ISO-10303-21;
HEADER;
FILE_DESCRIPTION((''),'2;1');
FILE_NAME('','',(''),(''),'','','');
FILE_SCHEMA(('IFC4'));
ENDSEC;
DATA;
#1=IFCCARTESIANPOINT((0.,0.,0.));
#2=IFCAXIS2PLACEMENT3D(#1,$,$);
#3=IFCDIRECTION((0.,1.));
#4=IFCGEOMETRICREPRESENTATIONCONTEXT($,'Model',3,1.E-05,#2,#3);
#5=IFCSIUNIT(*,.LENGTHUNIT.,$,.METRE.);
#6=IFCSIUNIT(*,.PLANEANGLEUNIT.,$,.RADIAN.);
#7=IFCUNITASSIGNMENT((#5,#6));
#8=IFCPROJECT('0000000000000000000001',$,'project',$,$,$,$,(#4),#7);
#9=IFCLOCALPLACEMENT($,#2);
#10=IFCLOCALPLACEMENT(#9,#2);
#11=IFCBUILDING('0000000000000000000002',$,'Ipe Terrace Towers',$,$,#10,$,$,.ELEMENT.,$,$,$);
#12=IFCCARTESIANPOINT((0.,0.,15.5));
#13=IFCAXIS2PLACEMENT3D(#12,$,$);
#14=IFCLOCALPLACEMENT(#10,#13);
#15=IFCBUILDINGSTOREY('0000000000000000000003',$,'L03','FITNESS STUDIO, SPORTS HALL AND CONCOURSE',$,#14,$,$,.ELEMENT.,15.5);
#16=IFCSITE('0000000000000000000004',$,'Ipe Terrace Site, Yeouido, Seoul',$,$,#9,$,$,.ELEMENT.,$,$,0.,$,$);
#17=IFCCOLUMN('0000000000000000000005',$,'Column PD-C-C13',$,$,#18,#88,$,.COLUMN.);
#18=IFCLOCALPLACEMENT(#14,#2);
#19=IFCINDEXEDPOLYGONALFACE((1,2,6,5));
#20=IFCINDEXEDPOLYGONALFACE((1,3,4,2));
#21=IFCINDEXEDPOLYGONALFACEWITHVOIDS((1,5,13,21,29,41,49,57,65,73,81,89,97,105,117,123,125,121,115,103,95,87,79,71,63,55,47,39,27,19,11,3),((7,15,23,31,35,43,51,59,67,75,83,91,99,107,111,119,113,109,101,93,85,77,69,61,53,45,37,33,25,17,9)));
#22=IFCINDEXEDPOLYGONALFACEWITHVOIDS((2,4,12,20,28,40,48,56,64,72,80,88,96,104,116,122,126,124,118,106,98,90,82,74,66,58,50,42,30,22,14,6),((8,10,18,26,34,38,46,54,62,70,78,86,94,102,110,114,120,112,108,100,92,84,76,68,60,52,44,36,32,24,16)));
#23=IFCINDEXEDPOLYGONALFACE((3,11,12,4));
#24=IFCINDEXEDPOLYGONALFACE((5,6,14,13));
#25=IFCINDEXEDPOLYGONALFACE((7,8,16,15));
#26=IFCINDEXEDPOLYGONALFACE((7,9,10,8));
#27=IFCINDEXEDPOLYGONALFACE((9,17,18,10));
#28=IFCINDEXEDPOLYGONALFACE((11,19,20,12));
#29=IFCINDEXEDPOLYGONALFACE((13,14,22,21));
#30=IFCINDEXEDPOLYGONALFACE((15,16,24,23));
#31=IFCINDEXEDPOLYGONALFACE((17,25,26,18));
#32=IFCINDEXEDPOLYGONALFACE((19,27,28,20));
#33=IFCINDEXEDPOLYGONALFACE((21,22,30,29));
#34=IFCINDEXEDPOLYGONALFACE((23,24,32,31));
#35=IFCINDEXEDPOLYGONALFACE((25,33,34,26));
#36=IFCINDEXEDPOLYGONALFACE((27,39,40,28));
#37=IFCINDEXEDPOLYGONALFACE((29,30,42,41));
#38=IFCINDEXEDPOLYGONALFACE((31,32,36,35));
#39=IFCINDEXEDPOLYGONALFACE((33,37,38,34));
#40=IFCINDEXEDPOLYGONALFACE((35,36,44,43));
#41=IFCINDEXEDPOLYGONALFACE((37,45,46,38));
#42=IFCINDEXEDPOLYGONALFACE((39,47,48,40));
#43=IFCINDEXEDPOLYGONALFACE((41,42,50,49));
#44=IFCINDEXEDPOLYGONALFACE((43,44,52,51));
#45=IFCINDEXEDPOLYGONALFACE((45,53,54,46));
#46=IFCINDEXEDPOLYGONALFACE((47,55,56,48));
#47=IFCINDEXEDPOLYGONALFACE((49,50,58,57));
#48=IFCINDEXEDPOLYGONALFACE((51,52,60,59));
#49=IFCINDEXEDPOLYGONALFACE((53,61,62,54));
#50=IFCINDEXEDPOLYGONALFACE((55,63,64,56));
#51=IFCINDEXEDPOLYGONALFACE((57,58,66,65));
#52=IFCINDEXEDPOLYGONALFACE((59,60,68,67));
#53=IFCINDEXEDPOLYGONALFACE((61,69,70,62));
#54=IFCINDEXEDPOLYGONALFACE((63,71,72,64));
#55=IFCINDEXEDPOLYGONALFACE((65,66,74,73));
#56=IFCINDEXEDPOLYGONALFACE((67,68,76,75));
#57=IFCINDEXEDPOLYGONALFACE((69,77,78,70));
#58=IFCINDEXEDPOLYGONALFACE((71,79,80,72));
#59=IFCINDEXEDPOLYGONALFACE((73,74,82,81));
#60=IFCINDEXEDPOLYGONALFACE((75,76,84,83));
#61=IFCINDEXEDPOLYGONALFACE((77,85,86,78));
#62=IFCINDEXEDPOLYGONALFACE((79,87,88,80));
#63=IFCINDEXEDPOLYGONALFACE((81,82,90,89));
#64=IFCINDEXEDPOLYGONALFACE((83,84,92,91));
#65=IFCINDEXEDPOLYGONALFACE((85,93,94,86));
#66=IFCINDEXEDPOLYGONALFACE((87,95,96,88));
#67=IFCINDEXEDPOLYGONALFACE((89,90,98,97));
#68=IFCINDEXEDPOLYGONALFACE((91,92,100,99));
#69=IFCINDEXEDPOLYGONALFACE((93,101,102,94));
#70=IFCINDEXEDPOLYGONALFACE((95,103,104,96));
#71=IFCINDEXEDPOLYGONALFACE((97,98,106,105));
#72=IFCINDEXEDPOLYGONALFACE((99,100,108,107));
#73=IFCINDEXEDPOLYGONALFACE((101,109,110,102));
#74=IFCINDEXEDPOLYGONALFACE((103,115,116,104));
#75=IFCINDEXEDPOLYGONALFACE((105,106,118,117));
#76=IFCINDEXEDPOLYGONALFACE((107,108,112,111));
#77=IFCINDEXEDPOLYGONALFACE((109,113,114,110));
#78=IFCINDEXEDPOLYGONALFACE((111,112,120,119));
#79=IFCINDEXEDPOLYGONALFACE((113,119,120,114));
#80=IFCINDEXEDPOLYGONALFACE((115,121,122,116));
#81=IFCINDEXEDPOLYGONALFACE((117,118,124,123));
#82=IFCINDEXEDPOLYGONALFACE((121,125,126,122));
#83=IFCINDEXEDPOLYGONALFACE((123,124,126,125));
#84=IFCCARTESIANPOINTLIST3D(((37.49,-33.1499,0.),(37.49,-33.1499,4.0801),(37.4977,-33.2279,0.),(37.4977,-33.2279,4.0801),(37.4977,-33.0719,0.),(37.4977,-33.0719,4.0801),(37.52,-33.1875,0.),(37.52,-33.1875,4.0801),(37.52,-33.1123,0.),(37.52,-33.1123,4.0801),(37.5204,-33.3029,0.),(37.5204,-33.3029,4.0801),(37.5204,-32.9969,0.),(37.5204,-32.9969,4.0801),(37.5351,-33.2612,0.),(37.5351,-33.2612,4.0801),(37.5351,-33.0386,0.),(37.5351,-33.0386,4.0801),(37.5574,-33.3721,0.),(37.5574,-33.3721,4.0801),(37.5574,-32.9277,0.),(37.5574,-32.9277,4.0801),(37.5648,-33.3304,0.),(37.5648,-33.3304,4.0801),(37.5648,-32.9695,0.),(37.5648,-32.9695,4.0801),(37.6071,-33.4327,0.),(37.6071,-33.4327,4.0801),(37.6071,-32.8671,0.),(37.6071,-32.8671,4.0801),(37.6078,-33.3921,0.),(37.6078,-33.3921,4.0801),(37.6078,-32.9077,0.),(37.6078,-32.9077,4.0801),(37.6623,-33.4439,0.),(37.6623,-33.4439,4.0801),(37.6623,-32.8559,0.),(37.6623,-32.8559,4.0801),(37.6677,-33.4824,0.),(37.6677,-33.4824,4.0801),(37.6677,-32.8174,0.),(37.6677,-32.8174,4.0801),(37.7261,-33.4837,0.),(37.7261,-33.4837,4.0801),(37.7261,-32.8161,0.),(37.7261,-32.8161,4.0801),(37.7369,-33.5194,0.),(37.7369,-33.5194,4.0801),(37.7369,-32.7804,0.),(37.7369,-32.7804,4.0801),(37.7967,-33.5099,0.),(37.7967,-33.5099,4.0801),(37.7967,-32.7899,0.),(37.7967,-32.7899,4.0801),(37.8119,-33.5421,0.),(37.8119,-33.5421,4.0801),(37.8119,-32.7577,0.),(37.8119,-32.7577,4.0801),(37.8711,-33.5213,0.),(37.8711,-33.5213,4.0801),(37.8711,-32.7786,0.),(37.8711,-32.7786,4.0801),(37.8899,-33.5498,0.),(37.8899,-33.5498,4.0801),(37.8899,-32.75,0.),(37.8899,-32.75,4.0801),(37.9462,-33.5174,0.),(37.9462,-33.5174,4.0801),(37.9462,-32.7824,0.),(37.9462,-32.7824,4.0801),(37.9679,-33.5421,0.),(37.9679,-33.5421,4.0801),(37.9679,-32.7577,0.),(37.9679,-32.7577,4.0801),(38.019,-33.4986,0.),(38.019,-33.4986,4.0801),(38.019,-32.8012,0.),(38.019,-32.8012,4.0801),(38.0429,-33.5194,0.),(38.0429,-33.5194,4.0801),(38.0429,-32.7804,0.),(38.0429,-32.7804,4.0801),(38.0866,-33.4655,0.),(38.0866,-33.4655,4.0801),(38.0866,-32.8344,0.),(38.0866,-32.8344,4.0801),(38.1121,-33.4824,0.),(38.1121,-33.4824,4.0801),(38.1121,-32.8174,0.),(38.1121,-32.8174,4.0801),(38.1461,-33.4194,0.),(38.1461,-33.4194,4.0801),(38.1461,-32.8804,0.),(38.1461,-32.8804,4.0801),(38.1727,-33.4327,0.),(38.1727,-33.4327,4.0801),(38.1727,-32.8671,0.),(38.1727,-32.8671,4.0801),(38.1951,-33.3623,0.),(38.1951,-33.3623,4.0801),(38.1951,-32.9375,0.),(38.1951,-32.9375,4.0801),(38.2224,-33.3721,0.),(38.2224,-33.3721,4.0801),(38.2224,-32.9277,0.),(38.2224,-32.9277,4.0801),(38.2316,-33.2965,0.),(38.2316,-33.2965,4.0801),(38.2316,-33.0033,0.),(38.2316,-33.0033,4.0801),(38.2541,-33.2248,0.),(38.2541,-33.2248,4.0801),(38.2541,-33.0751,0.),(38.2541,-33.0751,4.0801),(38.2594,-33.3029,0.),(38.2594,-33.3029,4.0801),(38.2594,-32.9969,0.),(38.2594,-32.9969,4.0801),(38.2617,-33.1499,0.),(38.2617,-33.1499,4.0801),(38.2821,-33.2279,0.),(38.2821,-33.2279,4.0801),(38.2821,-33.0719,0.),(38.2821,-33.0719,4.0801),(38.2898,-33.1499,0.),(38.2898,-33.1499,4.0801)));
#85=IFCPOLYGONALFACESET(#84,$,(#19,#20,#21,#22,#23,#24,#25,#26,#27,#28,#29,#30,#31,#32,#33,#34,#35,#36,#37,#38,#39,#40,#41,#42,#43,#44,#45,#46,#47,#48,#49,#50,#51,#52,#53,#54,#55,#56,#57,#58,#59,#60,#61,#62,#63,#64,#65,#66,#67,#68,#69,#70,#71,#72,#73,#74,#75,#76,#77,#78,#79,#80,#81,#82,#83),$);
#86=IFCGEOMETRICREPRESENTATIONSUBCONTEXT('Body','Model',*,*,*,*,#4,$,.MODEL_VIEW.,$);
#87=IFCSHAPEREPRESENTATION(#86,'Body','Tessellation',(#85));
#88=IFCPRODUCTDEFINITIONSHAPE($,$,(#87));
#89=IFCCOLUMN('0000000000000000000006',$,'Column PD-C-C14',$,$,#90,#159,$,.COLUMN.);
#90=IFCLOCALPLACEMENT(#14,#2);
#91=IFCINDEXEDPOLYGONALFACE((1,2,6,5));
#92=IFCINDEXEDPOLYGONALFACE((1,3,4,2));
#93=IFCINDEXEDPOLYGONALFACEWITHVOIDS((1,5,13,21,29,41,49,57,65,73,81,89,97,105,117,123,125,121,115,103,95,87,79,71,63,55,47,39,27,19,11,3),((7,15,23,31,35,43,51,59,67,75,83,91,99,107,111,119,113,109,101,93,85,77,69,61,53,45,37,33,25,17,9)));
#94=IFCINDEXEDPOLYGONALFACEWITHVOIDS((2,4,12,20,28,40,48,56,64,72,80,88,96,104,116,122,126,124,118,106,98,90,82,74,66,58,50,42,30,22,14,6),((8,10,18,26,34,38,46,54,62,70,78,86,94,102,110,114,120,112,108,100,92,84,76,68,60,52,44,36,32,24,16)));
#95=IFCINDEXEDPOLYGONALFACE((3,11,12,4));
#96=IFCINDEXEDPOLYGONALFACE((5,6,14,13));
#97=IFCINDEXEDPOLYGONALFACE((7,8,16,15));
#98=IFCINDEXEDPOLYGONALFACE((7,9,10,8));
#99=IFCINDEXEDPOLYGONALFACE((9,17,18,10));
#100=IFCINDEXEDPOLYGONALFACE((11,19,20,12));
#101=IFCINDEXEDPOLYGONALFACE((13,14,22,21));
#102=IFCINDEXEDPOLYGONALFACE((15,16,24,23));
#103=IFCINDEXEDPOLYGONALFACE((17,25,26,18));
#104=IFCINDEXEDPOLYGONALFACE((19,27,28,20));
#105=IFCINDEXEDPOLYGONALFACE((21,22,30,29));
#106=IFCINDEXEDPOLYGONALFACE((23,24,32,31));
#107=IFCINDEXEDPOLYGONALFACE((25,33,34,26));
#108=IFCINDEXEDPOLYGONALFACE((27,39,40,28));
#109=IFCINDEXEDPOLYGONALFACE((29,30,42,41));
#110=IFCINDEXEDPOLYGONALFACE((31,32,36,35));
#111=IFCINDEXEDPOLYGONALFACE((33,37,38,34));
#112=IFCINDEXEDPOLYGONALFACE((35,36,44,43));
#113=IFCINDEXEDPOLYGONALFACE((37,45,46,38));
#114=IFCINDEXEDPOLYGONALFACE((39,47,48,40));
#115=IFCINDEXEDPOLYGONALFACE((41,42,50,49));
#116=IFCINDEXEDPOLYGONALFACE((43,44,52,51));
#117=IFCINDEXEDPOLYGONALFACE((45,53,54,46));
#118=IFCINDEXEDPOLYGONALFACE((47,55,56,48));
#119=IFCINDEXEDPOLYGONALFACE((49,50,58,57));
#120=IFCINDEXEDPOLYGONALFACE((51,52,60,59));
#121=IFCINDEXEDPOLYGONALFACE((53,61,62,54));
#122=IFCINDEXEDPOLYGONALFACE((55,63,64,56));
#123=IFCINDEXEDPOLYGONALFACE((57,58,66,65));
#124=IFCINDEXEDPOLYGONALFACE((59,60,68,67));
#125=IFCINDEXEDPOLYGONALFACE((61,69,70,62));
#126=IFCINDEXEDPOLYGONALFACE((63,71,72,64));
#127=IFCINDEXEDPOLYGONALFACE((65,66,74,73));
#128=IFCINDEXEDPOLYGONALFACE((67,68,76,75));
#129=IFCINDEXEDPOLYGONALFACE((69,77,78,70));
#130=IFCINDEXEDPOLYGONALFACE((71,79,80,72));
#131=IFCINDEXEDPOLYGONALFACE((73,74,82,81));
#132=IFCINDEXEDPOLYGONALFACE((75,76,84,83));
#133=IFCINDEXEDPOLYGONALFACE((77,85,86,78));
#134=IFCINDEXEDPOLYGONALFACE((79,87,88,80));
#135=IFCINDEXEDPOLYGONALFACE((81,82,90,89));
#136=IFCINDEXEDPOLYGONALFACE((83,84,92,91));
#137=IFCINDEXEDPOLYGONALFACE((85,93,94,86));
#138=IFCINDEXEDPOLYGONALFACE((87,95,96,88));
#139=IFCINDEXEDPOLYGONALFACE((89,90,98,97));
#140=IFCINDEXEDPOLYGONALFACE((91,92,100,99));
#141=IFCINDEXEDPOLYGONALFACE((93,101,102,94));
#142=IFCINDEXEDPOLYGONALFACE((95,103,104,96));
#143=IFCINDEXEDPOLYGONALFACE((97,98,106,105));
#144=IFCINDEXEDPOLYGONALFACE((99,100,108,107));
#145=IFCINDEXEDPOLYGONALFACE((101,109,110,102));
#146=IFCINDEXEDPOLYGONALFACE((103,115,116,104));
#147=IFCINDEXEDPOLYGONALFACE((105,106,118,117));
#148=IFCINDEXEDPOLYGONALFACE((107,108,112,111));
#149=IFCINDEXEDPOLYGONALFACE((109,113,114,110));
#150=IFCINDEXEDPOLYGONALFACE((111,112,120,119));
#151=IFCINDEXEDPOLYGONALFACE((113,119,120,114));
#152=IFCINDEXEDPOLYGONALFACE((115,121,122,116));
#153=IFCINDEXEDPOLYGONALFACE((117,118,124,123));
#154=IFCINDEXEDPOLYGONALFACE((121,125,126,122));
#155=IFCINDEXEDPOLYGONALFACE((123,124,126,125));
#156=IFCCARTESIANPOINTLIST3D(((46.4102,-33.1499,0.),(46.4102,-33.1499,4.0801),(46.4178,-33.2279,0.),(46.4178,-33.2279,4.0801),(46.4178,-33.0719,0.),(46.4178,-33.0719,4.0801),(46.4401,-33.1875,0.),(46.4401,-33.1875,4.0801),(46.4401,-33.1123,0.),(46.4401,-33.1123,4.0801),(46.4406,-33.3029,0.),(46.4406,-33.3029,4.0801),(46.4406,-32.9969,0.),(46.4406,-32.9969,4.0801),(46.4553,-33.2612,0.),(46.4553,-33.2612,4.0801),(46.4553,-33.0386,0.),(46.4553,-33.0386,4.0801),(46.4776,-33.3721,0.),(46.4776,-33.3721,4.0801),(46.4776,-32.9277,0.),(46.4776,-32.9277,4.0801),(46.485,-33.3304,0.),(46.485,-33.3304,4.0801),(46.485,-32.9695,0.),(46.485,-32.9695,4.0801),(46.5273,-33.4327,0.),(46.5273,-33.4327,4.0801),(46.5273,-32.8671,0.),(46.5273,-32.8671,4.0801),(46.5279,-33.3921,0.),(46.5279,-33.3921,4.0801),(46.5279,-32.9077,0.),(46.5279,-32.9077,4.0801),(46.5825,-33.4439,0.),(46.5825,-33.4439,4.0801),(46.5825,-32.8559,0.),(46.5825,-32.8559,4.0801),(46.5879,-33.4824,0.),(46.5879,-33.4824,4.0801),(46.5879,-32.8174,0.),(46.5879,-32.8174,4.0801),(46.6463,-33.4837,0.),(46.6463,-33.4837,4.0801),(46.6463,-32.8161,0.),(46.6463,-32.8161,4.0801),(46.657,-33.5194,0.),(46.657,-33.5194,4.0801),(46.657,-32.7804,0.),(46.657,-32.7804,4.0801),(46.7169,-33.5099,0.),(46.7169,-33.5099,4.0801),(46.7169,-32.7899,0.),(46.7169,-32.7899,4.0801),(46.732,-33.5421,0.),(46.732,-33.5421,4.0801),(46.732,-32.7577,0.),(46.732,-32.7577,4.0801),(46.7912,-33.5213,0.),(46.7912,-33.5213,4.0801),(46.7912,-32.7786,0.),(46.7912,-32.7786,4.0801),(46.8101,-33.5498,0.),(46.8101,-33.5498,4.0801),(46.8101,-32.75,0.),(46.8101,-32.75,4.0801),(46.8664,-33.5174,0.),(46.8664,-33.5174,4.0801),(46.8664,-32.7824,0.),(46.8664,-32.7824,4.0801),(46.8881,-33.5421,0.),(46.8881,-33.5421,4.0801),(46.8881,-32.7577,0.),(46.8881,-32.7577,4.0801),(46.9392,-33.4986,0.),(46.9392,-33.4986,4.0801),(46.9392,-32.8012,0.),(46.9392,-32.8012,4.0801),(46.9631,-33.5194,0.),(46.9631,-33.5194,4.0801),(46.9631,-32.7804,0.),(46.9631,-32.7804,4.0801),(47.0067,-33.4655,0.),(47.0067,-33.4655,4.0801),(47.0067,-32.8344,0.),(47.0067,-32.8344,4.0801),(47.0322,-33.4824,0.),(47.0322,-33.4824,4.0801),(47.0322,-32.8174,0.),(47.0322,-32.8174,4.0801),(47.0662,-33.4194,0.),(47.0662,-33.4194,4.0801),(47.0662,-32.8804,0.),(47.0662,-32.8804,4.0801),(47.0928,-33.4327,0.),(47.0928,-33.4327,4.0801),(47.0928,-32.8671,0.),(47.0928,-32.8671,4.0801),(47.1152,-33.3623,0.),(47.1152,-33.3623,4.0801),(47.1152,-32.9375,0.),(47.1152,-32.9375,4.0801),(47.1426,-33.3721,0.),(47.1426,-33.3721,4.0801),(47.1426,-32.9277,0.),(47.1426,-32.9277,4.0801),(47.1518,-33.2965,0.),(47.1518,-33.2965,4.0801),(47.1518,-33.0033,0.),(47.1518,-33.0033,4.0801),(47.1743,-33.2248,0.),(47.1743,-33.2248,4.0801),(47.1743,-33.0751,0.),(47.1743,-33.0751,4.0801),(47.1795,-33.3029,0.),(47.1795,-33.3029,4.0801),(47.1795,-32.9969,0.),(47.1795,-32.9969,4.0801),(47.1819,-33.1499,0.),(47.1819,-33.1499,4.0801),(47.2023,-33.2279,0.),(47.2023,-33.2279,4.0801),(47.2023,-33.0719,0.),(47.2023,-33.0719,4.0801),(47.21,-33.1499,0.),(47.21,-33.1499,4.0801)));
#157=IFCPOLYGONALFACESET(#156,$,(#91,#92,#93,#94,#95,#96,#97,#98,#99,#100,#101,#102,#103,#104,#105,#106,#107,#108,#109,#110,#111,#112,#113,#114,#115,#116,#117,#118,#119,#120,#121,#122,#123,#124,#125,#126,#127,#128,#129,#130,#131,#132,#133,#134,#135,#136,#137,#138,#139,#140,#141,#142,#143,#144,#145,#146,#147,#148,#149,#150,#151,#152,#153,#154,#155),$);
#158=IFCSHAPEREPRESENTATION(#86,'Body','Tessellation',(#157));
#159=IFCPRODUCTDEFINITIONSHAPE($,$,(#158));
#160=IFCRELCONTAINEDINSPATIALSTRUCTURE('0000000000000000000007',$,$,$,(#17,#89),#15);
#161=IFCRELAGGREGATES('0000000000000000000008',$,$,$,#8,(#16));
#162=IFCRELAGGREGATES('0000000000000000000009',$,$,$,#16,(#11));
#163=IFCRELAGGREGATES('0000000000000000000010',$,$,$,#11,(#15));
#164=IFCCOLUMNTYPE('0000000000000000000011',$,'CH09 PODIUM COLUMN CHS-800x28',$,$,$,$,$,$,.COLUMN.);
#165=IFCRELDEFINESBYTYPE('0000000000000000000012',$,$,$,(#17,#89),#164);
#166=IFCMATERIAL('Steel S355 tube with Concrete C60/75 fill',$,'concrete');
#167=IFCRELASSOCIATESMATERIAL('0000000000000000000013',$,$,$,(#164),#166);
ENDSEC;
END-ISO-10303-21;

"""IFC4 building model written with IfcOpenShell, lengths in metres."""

from ifc_helpers import new_model, si_unit, direction, frame, origin, origin_2d, place, context, subcontext, project, spatial, hollow_circle, extrude, material, material_profile, profile_set, type_object, element, save


model = new_model("IFC4")

# Units and contexts
model_context = context("Model", 3, precision=1e-05, world=origin(), true_north=direction((0.0, 1.0)))
body_context = subcontext(model_context, "Body", "Model", "MODEL_VIEW")
ifc_project = project(units=[si_unit("LENGTHUNIT", "METRE"), si_unit("PLANEANGLEUNIT", "RADIAN")], contexts=[model_context])

# Site, building, storey
site_placement = place(None, origin())
site = spatial("IfcSite", under=ifc_project, at=site_placement, Name="Ipe Terrace Site, Yeouido, Seoul", CompositionType="ELEMENT", RefElevation=0.0)
building_placement = place(site_placement, origin())
building = spatial("IfcBuilding", under=site, at=building_placement, Name="Ipe Terrace Towers", CompositionType="ELEMENT")
storey_placement = place(building_placement, frame((0.0, 0.0, 15.5)))
storey = spatial("IfcBuildingStorey", under=building, at=storey_placement, Name="L03", Description="FITNESS STUDIO, SPORTS HALL AND CONCOURSE", CompositionType="ELEMENT", Elevation=15.5)

# Columns
ifc_material_1 = material(Name="Steel S355 tube with Concrete C60/75 fill", Category="concrete")
ifc_material_profile_1 = material_profile(ifc_material_1, hollow_circle(Radius=0.3999, WallThickness=0.0281, at=origin_2d()), Name="CHS-800x28")
ifc_profile_set_1 = profile_set([ifc_material_profile_1], Name="Steel S355 tube with Concrete C60/75 fill")
column_type = type_object("IfcColumnType", Name="CH09 PODIUM COLUMN CHS-800x28", PredefinedType="COLUMN", material=ifc_profile_set_1)
for number, where, z_axis, x_axis, name in (
    (1, (37.8899, -33.1499, 0.0), (0.0, 0.0, 1.0), (1.0, 0.0, 0.0), "Column PD-C-C13"),
    (2, (46.8101, -33.1499, 0.0), (0.0, 0.0, 1.0), (1.0, 0.0, 0.0), "Column PD-C-C14"),
):
    element("IfcColumn", number, at=place(storey_placement, frame(where, z_axis=z_axis, x_axis=x_axis)), inside=storey, type_object=column_type, Name=name, PredefinedType="COLUMN", context=body_context, shape_type="SweptSolid", body=[
        extrude(hollow_circle(Radius=0.3999, WallThickness=0.0281, at=origin_2d()), origin(), (0.0, 0.0, 1.0), 4.0801),
    ])

save(model, "model.ifc")
